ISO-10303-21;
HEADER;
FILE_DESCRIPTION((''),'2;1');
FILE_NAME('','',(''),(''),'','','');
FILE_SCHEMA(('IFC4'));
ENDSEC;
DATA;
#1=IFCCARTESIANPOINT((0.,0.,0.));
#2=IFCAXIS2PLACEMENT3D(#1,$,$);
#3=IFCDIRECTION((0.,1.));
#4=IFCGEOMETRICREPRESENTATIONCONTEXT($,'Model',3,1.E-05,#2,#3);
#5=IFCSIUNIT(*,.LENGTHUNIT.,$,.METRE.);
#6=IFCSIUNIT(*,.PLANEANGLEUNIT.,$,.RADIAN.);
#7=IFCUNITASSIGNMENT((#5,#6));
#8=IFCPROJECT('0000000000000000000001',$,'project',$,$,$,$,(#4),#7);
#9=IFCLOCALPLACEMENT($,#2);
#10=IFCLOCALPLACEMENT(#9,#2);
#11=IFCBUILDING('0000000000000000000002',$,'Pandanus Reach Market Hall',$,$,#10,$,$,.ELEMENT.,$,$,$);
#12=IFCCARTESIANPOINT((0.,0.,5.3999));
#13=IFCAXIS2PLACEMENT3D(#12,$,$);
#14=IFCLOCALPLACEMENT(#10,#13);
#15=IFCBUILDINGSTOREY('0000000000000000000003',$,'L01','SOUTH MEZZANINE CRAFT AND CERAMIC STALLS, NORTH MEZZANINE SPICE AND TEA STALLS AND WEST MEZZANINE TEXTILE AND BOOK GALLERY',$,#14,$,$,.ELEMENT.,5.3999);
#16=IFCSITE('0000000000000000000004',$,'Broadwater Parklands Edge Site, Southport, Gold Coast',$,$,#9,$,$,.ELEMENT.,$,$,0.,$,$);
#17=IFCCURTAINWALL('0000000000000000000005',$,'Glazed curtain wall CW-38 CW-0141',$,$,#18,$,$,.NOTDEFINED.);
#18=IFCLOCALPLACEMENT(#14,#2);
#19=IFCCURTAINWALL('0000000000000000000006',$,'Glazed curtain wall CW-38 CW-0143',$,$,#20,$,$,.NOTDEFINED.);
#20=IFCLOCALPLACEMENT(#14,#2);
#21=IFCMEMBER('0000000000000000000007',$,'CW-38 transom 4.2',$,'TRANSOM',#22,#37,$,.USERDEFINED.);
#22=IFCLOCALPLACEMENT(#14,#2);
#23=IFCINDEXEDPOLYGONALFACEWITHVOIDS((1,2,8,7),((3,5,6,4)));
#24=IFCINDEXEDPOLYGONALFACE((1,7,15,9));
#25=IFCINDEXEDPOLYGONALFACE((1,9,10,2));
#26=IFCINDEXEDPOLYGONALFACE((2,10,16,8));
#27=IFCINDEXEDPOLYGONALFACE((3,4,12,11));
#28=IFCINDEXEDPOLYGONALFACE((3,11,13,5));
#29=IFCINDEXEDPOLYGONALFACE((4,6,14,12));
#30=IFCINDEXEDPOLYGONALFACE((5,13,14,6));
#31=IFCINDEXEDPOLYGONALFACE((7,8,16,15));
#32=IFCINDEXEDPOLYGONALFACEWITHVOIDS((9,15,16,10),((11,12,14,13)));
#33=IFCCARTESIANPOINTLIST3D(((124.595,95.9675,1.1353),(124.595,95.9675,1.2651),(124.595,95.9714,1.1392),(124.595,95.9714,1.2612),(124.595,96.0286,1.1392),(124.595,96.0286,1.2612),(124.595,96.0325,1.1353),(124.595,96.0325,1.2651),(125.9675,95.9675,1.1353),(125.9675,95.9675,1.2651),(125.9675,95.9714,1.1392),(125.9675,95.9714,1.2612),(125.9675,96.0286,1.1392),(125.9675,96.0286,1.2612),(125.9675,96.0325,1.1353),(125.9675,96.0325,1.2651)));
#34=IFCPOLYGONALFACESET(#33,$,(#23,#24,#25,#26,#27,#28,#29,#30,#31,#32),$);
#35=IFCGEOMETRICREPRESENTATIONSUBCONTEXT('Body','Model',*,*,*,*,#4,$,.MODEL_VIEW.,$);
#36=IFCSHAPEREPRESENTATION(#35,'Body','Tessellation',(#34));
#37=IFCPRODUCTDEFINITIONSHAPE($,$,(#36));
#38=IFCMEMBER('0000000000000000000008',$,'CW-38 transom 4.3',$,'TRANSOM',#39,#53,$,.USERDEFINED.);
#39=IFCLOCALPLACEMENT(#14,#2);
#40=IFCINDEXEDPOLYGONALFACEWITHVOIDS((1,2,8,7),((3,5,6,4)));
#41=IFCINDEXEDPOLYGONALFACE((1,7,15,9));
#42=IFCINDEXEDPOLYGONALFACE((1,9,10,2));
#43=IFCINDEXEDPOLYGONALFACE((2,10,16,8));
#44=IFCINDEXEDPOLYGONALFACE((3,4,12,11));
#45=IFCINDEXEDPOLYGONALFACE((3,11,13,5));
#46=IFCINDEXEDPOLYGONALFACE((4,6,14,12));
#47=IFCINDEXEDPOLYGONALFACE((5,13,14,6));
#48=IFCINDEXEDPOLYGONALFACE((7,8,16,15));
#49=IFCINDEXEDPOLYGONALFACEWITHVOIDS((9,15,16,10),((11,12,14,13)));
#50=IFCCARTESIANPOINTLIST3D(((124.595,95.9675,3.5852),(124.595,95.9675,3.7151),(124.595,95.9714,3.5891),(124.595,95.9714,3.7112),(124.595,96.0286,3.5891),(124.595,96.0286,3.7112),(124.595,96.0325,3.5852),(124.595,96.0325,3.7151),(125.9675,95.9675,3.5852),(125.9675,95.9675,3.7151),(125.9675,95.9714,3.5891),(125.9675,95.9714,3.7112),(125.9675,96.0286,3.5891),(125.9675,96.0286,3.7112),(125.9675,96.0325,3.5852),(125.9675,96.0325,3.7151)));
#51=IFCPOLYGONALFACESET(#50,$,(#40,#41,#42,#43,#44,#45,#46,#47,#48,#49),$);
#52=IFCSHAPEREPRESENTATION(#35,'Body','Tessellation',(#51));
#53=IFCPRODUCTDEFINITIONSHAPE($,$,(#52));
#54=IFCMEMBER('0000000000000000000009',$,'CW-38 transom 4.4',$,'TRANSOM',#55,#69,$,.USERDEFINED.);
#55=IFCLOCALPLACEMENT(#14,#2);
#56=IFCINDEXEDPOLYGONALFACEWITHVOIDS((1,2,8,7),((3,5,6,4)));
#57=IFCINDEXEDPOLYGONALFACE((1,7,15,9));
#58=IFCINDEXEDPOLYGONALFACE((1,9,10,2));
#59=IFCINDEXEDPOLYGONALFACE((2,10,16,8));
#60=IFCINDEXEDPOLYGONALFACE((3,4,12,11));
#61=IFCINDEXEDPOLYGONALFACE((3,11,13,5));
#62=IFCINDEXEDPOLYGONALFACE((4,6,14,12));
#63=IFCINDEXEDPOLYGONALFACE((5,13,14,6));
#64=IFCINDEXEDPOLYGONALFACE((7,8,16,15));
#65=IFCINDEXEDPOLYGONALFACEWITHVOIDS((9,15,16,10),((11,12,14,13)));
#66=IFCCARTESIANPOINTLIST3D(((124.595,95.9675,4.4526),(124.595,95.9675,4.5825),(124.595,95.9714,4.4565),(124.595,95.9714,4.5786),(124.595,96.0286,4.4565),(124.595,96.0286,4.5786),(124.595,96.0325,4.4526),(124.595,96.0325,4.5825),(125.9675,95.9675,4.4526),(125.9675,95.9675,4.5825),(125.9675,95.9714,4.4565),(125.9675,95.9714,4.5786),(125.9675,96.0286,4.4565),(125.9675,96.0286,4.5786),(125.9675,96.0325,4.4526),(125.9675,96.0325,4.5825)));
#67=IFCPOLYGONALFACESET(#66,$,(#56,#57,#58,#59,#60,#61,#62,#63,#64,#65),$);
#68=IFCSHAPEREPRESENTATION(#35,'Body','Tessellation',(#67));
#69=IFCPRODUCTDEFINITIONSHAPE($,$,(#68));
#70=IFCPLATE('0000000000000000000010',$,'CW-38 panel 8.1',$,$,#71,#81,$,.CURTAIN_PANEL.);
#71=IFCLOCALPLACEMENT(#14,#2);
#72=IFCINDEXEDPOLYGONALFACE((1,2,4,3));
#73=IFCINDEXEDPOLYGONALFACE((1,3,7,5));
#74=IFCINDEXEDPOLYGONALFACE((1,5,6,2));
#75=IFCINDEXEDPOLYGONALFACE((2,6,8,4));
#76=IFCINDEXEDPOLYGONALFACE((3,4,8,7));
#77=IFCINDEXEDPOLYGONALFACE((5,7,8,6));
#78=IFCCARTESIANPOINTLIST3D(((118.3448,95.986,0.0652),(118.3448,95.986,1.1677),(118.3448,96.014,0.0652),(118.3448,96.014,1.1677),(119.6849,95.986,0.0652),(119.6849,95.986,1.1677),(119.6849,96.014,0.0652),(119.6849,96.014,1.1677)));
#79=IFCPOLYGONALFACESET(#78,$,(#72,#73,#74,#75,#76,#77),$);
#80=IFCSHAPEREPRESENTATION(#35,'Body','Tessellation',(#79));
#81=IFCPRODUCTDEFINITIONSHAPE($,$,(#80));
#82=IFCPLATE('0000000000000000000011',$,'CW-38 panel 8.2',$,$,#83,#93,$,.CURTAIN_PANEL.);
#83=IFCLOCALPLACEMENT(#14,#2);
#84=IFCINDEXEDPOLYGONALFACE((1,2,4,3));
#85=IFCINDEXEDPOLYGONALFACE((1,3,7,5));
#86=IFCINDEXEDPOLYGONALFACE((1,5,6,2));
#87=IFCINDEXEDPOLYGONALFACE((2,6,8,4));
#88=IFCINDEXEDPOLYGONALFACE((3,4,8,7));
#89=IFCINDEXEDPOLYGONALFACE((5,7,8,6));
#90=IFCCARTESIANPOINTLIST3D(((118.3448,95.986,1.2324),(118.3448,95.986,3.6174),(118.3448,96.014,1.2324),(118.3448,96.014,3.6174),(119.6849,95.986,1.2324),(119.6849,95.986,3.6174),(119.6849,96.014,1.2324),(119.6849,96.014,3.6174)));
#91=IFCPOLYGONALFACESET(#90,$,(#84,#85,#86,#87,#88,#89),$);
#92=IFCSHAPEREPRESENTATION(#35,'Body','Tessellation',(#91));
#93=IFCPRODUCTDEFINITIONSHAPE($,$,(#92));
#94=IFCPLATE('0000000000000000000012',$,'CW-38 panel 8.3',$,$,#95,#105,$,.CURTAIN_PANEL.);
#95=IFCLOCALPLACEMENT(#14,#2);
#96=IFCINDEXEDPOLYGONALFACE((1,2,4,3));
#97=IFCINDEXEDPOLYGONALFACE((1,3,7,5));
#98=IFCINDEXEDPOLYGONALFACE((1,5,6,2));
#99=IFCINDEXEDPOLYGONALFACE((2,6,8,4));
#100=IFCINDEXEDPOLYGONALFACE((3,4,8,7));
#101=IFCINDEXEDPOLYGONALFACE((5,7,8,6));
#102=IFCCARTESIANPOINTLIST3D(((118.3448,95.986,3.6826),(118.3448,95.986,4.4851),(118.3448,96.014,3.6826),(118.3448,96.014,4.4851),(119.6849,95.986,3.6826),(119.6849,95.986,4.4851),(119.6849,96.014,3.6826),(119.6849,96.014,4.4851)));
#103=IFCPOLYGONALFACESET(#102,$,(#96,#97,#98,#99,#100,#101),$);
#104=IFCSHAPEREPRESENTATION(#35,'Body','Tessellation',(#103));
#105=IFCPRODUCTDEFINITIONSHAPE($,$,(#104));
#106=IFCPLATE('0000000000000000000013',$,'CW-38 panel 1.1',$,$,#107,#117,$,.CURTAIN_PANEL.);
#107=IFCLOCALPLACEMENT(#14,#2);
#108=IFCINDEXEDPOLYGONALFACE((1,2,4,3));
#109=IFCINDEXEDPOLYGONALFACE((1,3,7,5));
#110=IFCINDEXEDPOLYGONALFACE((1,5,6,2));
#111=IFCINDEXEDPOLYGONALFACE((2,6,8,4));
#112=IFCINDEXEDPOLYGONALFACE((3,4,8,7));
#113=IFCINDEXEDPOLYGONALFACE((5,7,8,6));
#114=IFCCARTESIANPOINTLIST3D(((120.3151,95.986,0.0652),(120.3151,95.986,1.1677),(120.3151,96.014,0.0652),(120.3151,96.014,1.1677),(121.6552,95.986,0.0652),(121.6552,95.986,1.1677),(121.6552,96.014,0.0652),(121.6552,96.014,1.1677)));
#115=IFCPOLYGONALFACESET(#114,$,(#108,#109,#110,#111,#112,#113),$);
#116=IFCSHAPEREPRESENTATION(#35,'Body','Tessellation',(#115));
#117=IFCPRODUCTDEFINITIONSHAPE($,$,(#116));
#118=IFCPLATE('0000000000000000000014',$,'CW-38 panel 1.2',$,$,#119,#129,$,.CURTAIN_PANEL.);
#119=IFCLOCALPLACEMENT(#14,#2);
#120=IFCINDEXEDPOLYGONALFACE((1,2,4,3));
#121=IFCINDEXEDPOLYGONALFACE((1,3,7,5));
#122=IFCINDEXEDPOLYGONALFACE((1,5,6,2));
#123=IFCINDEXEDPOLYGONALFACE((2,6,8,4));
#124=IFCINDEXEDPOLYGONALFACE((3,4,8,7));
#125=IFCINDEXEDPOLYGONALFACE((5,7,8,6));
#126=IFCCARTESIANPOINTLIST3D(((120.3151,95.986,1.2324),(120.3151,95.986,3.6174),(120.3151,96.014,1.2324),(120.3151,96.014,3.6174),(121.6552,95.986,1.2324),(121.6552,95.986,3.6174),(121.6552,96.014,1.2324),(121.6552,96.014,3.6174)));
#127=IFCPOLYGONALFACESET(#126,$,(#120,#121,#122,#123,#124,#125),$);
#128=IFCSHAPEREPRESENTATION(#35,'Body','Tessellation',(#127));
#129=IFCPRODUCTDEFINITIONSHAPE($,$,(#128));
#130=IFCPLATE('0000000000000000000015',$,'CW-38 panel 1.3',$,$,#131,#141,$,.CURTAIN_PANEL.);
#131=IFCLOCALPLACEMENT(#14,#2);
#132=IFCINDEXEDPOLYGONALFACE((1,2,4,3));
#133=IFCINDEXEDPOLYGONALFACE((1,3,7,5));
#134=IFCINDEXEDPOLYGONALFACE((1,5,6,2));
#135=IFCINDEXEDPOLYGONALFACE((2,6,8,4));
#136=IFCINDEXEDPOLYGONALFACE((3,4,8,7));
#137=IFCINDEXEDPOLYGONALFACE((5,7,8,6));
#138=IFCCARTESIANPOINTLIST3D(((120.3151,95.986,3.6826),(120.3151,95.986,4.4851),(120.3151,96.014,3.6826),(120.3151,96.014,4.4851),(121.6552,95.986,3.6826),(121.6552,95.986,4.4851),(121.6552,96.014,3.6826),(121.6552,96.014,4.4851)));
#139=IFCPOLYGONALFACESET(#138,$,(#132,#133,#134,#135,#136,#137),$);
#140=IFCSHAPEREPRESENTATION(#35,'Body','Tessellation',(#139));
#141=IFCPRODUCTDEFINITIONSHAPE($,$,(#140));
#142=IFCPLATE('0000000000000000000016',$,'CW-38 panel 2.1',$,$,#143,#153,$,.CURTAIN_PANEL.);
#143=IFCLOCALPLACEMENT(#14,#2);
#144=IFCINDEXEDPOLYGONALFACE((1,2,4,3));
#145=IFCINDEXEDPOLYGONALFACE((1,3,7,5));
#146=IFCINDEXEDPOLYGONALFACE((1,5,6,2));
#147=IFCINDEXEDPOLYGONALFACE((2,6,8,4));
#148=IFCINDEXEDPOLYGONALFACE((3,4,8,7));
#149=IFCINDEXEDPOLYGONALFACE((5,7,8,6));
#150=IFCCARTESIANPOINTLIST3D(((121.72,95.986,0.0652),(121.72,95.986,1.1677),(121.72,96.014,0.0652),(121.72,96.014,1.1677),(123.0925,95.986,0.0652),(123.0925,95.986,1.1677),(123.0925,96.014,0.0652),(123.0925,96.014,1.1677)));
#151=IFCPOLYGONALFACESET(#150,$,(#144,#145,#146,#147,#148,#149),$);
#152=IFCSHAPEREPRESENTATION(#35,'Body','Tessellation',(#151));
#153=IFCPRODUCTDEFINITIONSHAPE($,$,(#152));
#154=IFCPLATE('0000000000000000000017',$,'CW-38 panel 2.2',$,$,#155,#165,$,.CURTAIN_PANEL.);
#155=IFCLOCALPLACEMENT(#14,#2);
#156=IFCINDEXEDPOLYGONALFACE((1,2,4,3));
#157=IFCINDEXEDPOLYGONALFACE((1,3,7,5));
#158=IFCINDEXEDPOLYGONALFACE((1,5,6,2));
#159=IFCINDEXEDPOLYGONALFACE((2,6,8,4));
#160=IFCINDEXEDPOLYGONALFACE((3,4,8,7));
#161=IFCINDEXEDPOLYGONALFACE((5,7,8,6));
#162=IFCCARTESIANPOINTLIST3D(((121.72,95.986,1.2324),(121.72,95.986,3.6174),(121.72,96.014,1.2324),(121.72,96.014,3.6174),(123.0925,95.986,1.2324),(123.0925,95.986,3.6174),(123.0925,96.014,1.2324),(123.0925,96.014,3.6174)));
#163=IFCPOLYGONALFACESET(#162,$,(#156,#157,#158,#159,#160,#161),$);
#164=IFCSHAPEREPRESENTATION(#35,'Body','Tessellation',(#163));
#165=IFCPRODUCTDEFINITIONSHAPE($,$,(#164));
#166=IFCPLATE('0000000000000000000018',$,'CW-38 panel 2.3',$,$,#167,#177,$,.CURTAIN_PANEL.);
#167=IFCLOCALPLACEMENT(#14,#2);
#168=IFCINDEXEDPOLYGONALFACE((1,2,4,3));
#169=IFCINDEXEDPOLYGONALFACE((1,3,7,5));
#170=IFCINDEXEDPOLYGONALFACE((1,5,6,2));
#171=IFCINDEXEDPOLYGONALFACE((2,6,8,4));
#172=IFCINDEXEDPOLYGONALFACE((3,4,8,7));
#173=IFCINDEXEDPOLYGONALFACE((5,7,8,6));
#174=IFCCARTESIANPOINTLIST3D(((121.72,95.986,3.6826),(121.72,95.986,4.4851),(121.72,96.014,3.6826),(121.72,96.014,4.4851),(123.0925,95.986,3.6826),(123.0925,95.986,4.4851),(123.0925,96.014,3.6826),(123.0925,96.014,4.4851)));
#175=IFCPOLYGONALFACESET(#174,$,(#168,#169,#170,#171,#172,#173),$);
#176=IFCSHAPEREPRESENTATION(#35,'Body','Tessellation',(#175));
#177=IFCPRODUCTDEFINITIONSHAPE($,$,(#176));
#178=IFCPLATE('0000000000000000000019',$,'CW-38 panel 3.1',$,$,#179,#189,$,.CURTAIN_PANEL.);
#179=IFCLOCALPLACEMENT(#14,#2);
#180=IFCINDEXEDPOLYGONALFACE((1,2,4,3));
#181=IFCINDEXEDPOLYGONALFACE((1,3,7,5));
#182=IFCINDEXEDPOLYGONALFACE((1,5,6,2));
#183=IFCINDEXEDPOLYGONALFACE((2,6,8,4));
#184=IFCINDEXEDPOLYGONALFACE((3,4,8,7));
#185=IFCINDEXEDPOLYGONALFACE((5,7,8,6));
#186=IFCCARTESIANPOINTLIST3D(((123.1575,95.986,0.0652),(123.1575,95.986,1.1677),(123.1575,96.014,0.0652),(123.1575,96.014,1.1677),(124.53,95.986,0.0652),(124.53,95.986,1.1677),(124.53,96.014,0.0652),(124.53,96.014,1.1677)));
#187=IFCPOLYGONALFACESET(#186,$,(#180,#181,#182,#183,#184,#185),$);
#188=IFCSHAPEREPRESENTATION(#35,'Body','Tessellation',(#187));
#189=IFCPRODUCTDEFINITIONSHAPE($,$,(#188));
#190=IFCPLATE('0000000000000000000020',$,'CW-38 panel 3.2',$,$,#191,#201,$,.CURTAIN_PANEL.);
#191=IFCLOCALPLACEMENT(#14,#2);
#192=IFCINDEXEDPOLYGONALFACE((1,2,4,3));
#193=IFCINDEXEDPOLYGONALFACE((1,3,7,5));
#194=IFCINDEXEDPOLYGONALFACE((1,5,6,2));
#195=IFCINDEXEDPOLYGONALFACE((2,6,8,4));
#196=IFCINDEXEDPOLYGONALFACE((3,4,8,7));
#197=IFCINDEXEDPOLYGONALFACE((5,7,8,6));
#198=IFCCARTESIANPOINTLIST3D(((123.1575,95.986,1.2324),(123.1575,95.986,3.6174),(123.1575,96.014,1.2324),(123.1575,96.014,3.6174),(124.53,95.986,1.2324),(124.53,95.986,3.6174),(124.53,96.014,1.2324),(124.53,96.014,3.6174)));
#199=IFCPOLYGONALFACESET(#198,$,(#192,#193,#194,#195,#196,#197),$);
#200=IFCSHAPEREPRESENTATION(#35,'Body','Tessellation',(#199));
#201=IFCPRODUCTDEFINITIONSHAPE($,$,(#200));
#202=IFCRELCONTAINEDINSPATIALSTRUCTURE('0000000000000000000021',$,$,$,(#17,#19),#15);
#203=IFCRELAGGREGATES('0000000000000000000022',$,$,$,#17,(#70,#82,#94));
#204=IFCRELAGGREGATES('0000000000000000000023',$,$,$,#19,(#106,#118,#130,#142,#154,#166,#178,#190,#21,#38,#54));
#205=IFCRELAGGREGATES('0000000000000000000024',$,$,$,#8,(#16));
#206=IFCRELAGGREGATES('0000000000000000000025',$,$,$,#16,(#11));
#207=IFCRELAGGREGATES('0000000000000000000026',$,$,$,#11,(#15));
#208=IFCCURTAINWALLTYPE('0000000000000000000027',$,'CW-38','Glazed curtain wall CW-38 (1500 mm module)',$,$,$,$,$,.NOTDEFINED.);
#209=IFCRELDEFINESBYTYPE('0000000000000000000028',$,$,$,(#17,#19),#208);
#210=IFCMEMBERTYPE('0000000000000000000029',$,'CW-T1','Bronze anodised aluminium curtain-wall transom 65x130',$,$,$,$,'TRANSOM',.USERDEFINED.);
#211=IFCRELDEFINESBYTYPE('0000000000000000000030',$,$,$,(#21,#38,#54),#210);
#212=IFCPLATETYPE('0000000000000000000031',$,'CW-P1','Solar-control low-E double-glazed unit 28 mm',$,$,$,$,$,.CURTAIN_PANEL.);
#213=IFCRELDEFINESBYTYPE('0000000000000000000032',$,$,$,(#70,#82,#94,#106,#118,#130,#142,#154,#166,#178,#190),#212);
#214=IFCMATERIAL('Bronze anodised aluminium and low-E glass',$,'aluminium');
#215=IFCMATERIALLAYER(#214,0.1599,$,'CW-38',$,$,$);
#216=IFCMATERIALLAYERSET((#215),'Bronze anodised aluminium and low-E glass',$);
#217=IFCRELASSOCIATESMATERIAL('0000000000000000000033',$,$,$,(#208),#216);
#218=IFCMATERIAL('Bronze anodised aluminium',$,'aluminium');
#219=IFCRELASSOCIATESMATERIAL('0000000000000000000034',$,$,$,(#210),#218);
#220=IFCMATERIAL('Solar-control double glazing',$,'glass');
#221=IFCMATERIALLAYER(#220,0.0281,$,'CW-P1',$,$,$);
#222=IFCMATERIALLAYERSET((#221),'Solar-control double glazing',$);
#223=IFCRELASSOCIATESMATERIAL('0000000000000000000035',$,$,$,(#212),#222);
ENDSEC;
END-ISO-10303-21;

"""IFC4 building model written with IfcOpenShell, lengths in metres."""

from ifc_helpers import new_model, si_unit, direction, frame, origin, origin_2d, place, context, subcontext, project, spatial, rectangle, hollow_rectangle, extrude, material, layer, layer_set, material_profile, profile_set, type_object, element, aggregate, save


model = new_model("IFC4")

# Units and contexts
model_context = context("Model", 3, precision=1e-05, world=origin(), true_north=direction((0.0, 1.0)))
body_context = subcontext(model_context, "Body", "Model", "MODEL_VIEW")
ifc_project = project(units=[si_unit("LENGTHUNIT", "METRE"), si_unit("PLANEANGLEUNIT", "RADIAN")], contexts=[model_context])

# Site, building, storey
site_placement = place(None, origin())
site = spatial("IfcSite", under=ifc_project, at=site_placement, Name="Broadwater Parklands Edge Site, Southport, Gold Coast", CompositionType="ELEMENT", RefElevation=0.0)
building_placement = place(site_placement, origin())
building = spatial("IfcBuilding", under=site, at=building_placement, Name="Pandanus Reach Market Hall", CompositionType="ELEMENT")
storey_placement = place(building_placement, frame((0.0, 0.0, 5.3999)))
storey = spatial("IfcBuildingStorey", under=building, at=storey_placement, Name="L01", Description="SOUTH MEZZANINE CRAFT AND CERAMIC STALLS, NORTH MEZZANINE SPICE AND TEA STALLS AND WEST MEZZANINE TEXTILE AND BOOK GALLERY", CompositionType="ELEMENT", Elevation=5.3999)

# Curtain wall
ifc_material_1 = material(Name="Bronze anodised aluminium and low-E glass", Category="aluminium")
ifc_layer_1 = layer(ifc_material_1, 0.1599, Name="CW-38")
ifc_layer_set_1 = layer_set([ifc_layer_1], Name="Bronze anodised aluminium and low-E glass")
curtain_wall_type = type_object("IfcCurtainWallType", Name="CW-38", Description="Glazed curtain wall CW-38 (1500 mm module)", PredefinedType="NOTDEFINED", material=ifc_layer_set_1)
curtain_wall_1_placement = place(storey_placement, origin())
curtain_wall_1 = element("IfcCurtainWall", 1, at=curtain_wall_1_placement, inside=storey, type_object=curtain_wall_type, Name="Glazed curtain wall CW-38 CW-0141", PredefinedType="NOTDEFINED")
ifc_material_2 = material(Name="Bronze anodised aluminium", Category="aluminium")

# Curtain wall
curtain_wall_2_placement = place(storey_placement, origin())
curtain_wall_2 = element("IfcCurtainWall", 2, at=curtain_wall_2_placement, inside=storey, type_object=curtain_wall_type, Name="Glazed curtain wall CW-38 CW-0143", PredefinedType="NOTDEFINED")

# Members
ifc_material_profile_1 = material_profile(ifc_material_2, hollow_rectangle(XDim=0.0649, YDim=0.1299, WallThickness=0.0039, at=origin_2d()), Name="ALU65x130", Category="LoadBearing")
ifc_profile_set_1 = profile_set([ifc_material_profile_1], Name="Bronze anodised aluminium")
member_type_1 = type_object("IfcMemberType", Name="CW-T1", Description="Bronze anodised aluminium curtain-wall transom 65x130", ElementType="TRANSOM", PredefinedType="USERDEFINED", material=ifc_profile_set_1)
member_1_placement = place(storey_placement, frame((124.595, 96.0, 1.2002), z_axis=(1.0, 0.0, 0.0), x_axis=(0.0, 1.0, 0.0)))
member_1 = element("IfcMember", 3, at=member_1_placement, type_object=member_type_1, Name="CW-38 transom 4.2", ObjectType="TRANSOM", PredefinedType="USERDEFINED", context=body_context, shape_type="SweptSolid", body=[
    extrude(hollow_rectangle(XDim=0.0649, YDim=0.1299, WallThickness=0.0039, at=origin_2d()), origin(), (0.0, 0.0, 1.0), 1.3726),
])
member_2_placement = place(storey_placement, frame((124.595, 96.0, 3.6501), z_axis=(1.0, 0.0, 0.0), x_axis=(0.0, 1.0, 0.0)))
member_2 = element("IfcMember", 4, at=member_2_placement, type_object=member_type_1, Name="CW-38 transom 4.3", ObjectType="TRANSOM", PredefinedType="USERDEFINED", context=body_context, shape_type="SweptSolid", body=[
    extrude(hollow_rectangle(XDim=0.0649, YDim=0.1299, WallThickness=0.0039, at=origin_2d()), origin(), (0.0, 0.0, 1.0), 1.3726),
])
member_3_placement = place(storey_placement, frame((124.595, 96.0, 4.5176), z_axis=(1.0, 0.0, 0.0), x_axis=(0.0, 1.0, 0.0)))
member_3 = element("IfcMember", 5, at=member_3_placement, type_object=member_type_1, Name="CW-38 transom 4.4", ObjectType="TRANSOM", PredefinedType="USERDEFINED", context=body_context, shape_type="SweptSolid", body=[
    extrude(hollow_rectangle(XDim=0.0649, YDim=0.1299, WallThickness=0.0039, at=origin_2d()), origin(), (0.0, 0.0, 1.0), 1.3726),
])

# Plates
ifc_material_3 = material(Name="Solar-control double glazing", Category="glass")
ifc_layer_2 = layer(ifc_material_3, 0.0281, Name="CW-P1")
ifc_layer_set_2 = layer_set([ifc_layer_2], Name="Solar-control double glazing")
plate_type = type_object("IfcPlateType", Name="CW-P1", Description="Solar-control low-E double-glazed unit 28 mm", PredefinedType="CURTAIN_PANEL", material=ifc_layer_set_2)
plate_1_placement = place(storey_placement, frame((119.0149, 96.0, 0.0652), z_axis=(0.0, 0.0, 1.0), x_axis=(1.0, 0.0, 0.0)))
plate_1 = element("IfcPlate", 6, at=plate_1_placement, type_object=plate_type, Name="CW-38 panel 8.1", PredefinedType="CURTAIN_PANEL", context=body_context, shape_type="SweptSolid", body=[
    extrude(rectangle(XDim=1.3401, YDim=0.0281, at=origin_2d()), origin(), (0.0, 0.0, 1.0), 1.1025),
])
plate_2_placement = place(storey_placement, frame((119.0149, 96.0, 1.2324), z_axis=(0.0, 0.0, 1.0), x_axis=(1.0, 0.0, 0.0)))
plate_2 = element("IfcPlate", 7, at=plate_2_placement, type_object=plate_type, Name="CW-38 panel 8.2", PredefinedType="CURTAIN_PANEL", context=body_context, shape_type="SweptSolid", body=[
    extrude(rectangle(XDim=1.3401, YDim=0.0281, at=origin_2d()), origin(), (0.0, 0.0, 1.0), 2.385),
])
plate_3_placement = place(storey_placement, frame((119.0149, 96.0, 3.6826), z_axis=(0.0, 0.0, 1.0), x_axis=(1.0, 0.0, 0.0)))
plate_3 = element("IfcPlate", 8, at=plate_3_placement, type_object=plate_type, Name="CW-38 panel 8.3", PredefinedType="CURTAIN_PANEL", context=body_context, shape_type="SweptSolid", body=[
    extrude(rectangle(XDim=1.3401, YDim=0.0281, at=origin_2d()), origin(), (0.0, 0.0, 1.0), 0.8025),
])
aggregate(curtain_wall_1, [plate_1, plate_2, plate_3])
plate_4_placement = place(storey_placement, frame((120.9851, 96.0, 0.0652), z_axis=(0.0, 0.0, 1.0), x_axis=(1.0, 0.0, 0.0)))
plate_4 = element("IfcPlate", 9, at=plate_4_placement, type_object=plate_type, Name="CW-38 panel 1.1", PredefinedType="CURTAIN_PANEL", context=body_context, shape_type="SweptSolid", body=[
    extrude(rectangle(XDim=1.3401, YDim=0.0281, at=origin_2d()), origin(), (0.0, 0.0, 1.0), 1.1025),
])
plate_5_placement = place(storey_placement, frame((120.9851, 96.0, 1.2324), z_axis=(0.0, 0.0, 1.0), x_axis=(1.0, 0.0, 0.0)))
plate_5 = element("IfcPlate", 10, at=plate_5_placement, type_object=plate_type, Name="CW-38 panel 1.2", PredefinedType="CURTAIN_PANEL", context=body_context, shape_type="SweptSolid", body=[
    extrude(rectangle(XDim=1.3401, YDim=0.0281, at=origin_2d()), origin(), (0.0, 0.0, 1.0), 2.385),
])
plate_6_placement = place(storey_placement, frame((120.9851, 96.0, 3.6826), z_axis=(0.0, 0.0, 1.0), x_axis=(1.0, 0.0, 0.0)))
plate_6 = element("IfcPlate", 11, at=plate_6_placement, type_object=plate_type, Name="CW-38 panel 1.3", PredefinedType="CURTAIN_PANEL", context=body_context, shape_type="SweptSolid", body=[
    extrude(rectangle(XDim=1.3401, YDim=0.0281, at=origin_2d()), origin(), (0.0, 0.0, 1.0), 0.8025),
])
plate_7_placement = place(storey_placement, frame((122.4062, 96.0, 0.0652), z_axis=(0.0, 0.0, 1.0), x_axis=(1.0, 0.0, 0.0)))
plate_7 = element("IfcPlate", 12, at=plate_7_placement, type_object=plate_type, Name="CW-38 panel 2.1", PredefinedType="CURTAIN_PANEL", context=body_context, shape_type="SweptSolid", body=[
    extrude(rectangle(XDim=1.3726, YDim=0.0281, at=origin_2d()), origin(), (0.0, 0.0, 1.0), 1.1025),
])
plate_8_placement = place(storey_placement, frame((122.4062, 96.0, 1.2324), z_axis=(0.0, 0.0, 1.0), x_axis=(1.0, 0.0, 0.0)))
plate_8 = element("IfcPlate", 13, at=plate_8_placement, type_object=plate_type, Name="CW-38 panel 2.2", PredefinedType="CURTAIN_PANEL", context=body_context, shape_type="SweptSolid", body=[
    extrude(rectangle(XDim=1.3726, YDim=0.0281, at=origin_2d()), origin(), (0.0, 0.0, 1.0), 2.385),
])
plate_9_placement = place(storey_placement, frame((122.4062, 96.0, 3.6826), z_axis=(0.0, 0.0, 1.0), x_axis=(1.0, 0.0, 0.0)))
plate_9 = element("IfcPlate", 14, at=plate_9_placement, type_object=plate_type, Name="CW-38 panel 2.3", PredefinedType="CURTAIN_PANEL", context=body_context, shape_type="SweptSolid", body=[
    extrude(rectangle(XDim=1.3726, YDim=0.0281, at=origin_2d()), origin(), (0.0, 0.0, 1.0), 0.8025),
])
plate_10_placement = place(storey_placement, frame((123.8438, 96.0, 0.0652), z_axis=(0.0, 0.0, 1.0), x_axis=(1.0, 0.0, 0.0)))
plate_10 = element("IfcPlate", 15, at=plate_10_placement, type_object=plate_type, Name="CW-38 panel 3.1", PredefinedType="CURTAIN_PANEL", context=body_context, shape_type="SweptSolid", body=[
    extrude(rectangle(XDim=1.3726, YDim=0.0281, at=origin_2d()), origin(), (0.0, 0.0, 1.0), 1.1025),
])
plate_11_placement = place(storey_placement, frame((123.8438, 96.0, 1.2324), z_axis=(0.0, 0.0, 1.0), x_axis=(1.0, 0.0, 0.0)))
plate_11 = element("IfcPlate", 16, at=plate_11_placement, type_object=plate_type, Name="CW-38 panel 3.2", PredefinedType="CURTAIN_PANEL", context=body_context, shape_type="SweptSolid", body=[
    extrude(rectangle(XDim=1.3726, YDim=0.0281, at=origin_2d()), origin(), (0.0, 0.0, 1.0), 2.385),
])
aggregate(curtain_wall_2, [plate_4, plate_5, plate_6, plate_7, plate_8, plate_9, plate_10, plate_11, member_1, member_2, member_3])

save(model, "model.ifc")
